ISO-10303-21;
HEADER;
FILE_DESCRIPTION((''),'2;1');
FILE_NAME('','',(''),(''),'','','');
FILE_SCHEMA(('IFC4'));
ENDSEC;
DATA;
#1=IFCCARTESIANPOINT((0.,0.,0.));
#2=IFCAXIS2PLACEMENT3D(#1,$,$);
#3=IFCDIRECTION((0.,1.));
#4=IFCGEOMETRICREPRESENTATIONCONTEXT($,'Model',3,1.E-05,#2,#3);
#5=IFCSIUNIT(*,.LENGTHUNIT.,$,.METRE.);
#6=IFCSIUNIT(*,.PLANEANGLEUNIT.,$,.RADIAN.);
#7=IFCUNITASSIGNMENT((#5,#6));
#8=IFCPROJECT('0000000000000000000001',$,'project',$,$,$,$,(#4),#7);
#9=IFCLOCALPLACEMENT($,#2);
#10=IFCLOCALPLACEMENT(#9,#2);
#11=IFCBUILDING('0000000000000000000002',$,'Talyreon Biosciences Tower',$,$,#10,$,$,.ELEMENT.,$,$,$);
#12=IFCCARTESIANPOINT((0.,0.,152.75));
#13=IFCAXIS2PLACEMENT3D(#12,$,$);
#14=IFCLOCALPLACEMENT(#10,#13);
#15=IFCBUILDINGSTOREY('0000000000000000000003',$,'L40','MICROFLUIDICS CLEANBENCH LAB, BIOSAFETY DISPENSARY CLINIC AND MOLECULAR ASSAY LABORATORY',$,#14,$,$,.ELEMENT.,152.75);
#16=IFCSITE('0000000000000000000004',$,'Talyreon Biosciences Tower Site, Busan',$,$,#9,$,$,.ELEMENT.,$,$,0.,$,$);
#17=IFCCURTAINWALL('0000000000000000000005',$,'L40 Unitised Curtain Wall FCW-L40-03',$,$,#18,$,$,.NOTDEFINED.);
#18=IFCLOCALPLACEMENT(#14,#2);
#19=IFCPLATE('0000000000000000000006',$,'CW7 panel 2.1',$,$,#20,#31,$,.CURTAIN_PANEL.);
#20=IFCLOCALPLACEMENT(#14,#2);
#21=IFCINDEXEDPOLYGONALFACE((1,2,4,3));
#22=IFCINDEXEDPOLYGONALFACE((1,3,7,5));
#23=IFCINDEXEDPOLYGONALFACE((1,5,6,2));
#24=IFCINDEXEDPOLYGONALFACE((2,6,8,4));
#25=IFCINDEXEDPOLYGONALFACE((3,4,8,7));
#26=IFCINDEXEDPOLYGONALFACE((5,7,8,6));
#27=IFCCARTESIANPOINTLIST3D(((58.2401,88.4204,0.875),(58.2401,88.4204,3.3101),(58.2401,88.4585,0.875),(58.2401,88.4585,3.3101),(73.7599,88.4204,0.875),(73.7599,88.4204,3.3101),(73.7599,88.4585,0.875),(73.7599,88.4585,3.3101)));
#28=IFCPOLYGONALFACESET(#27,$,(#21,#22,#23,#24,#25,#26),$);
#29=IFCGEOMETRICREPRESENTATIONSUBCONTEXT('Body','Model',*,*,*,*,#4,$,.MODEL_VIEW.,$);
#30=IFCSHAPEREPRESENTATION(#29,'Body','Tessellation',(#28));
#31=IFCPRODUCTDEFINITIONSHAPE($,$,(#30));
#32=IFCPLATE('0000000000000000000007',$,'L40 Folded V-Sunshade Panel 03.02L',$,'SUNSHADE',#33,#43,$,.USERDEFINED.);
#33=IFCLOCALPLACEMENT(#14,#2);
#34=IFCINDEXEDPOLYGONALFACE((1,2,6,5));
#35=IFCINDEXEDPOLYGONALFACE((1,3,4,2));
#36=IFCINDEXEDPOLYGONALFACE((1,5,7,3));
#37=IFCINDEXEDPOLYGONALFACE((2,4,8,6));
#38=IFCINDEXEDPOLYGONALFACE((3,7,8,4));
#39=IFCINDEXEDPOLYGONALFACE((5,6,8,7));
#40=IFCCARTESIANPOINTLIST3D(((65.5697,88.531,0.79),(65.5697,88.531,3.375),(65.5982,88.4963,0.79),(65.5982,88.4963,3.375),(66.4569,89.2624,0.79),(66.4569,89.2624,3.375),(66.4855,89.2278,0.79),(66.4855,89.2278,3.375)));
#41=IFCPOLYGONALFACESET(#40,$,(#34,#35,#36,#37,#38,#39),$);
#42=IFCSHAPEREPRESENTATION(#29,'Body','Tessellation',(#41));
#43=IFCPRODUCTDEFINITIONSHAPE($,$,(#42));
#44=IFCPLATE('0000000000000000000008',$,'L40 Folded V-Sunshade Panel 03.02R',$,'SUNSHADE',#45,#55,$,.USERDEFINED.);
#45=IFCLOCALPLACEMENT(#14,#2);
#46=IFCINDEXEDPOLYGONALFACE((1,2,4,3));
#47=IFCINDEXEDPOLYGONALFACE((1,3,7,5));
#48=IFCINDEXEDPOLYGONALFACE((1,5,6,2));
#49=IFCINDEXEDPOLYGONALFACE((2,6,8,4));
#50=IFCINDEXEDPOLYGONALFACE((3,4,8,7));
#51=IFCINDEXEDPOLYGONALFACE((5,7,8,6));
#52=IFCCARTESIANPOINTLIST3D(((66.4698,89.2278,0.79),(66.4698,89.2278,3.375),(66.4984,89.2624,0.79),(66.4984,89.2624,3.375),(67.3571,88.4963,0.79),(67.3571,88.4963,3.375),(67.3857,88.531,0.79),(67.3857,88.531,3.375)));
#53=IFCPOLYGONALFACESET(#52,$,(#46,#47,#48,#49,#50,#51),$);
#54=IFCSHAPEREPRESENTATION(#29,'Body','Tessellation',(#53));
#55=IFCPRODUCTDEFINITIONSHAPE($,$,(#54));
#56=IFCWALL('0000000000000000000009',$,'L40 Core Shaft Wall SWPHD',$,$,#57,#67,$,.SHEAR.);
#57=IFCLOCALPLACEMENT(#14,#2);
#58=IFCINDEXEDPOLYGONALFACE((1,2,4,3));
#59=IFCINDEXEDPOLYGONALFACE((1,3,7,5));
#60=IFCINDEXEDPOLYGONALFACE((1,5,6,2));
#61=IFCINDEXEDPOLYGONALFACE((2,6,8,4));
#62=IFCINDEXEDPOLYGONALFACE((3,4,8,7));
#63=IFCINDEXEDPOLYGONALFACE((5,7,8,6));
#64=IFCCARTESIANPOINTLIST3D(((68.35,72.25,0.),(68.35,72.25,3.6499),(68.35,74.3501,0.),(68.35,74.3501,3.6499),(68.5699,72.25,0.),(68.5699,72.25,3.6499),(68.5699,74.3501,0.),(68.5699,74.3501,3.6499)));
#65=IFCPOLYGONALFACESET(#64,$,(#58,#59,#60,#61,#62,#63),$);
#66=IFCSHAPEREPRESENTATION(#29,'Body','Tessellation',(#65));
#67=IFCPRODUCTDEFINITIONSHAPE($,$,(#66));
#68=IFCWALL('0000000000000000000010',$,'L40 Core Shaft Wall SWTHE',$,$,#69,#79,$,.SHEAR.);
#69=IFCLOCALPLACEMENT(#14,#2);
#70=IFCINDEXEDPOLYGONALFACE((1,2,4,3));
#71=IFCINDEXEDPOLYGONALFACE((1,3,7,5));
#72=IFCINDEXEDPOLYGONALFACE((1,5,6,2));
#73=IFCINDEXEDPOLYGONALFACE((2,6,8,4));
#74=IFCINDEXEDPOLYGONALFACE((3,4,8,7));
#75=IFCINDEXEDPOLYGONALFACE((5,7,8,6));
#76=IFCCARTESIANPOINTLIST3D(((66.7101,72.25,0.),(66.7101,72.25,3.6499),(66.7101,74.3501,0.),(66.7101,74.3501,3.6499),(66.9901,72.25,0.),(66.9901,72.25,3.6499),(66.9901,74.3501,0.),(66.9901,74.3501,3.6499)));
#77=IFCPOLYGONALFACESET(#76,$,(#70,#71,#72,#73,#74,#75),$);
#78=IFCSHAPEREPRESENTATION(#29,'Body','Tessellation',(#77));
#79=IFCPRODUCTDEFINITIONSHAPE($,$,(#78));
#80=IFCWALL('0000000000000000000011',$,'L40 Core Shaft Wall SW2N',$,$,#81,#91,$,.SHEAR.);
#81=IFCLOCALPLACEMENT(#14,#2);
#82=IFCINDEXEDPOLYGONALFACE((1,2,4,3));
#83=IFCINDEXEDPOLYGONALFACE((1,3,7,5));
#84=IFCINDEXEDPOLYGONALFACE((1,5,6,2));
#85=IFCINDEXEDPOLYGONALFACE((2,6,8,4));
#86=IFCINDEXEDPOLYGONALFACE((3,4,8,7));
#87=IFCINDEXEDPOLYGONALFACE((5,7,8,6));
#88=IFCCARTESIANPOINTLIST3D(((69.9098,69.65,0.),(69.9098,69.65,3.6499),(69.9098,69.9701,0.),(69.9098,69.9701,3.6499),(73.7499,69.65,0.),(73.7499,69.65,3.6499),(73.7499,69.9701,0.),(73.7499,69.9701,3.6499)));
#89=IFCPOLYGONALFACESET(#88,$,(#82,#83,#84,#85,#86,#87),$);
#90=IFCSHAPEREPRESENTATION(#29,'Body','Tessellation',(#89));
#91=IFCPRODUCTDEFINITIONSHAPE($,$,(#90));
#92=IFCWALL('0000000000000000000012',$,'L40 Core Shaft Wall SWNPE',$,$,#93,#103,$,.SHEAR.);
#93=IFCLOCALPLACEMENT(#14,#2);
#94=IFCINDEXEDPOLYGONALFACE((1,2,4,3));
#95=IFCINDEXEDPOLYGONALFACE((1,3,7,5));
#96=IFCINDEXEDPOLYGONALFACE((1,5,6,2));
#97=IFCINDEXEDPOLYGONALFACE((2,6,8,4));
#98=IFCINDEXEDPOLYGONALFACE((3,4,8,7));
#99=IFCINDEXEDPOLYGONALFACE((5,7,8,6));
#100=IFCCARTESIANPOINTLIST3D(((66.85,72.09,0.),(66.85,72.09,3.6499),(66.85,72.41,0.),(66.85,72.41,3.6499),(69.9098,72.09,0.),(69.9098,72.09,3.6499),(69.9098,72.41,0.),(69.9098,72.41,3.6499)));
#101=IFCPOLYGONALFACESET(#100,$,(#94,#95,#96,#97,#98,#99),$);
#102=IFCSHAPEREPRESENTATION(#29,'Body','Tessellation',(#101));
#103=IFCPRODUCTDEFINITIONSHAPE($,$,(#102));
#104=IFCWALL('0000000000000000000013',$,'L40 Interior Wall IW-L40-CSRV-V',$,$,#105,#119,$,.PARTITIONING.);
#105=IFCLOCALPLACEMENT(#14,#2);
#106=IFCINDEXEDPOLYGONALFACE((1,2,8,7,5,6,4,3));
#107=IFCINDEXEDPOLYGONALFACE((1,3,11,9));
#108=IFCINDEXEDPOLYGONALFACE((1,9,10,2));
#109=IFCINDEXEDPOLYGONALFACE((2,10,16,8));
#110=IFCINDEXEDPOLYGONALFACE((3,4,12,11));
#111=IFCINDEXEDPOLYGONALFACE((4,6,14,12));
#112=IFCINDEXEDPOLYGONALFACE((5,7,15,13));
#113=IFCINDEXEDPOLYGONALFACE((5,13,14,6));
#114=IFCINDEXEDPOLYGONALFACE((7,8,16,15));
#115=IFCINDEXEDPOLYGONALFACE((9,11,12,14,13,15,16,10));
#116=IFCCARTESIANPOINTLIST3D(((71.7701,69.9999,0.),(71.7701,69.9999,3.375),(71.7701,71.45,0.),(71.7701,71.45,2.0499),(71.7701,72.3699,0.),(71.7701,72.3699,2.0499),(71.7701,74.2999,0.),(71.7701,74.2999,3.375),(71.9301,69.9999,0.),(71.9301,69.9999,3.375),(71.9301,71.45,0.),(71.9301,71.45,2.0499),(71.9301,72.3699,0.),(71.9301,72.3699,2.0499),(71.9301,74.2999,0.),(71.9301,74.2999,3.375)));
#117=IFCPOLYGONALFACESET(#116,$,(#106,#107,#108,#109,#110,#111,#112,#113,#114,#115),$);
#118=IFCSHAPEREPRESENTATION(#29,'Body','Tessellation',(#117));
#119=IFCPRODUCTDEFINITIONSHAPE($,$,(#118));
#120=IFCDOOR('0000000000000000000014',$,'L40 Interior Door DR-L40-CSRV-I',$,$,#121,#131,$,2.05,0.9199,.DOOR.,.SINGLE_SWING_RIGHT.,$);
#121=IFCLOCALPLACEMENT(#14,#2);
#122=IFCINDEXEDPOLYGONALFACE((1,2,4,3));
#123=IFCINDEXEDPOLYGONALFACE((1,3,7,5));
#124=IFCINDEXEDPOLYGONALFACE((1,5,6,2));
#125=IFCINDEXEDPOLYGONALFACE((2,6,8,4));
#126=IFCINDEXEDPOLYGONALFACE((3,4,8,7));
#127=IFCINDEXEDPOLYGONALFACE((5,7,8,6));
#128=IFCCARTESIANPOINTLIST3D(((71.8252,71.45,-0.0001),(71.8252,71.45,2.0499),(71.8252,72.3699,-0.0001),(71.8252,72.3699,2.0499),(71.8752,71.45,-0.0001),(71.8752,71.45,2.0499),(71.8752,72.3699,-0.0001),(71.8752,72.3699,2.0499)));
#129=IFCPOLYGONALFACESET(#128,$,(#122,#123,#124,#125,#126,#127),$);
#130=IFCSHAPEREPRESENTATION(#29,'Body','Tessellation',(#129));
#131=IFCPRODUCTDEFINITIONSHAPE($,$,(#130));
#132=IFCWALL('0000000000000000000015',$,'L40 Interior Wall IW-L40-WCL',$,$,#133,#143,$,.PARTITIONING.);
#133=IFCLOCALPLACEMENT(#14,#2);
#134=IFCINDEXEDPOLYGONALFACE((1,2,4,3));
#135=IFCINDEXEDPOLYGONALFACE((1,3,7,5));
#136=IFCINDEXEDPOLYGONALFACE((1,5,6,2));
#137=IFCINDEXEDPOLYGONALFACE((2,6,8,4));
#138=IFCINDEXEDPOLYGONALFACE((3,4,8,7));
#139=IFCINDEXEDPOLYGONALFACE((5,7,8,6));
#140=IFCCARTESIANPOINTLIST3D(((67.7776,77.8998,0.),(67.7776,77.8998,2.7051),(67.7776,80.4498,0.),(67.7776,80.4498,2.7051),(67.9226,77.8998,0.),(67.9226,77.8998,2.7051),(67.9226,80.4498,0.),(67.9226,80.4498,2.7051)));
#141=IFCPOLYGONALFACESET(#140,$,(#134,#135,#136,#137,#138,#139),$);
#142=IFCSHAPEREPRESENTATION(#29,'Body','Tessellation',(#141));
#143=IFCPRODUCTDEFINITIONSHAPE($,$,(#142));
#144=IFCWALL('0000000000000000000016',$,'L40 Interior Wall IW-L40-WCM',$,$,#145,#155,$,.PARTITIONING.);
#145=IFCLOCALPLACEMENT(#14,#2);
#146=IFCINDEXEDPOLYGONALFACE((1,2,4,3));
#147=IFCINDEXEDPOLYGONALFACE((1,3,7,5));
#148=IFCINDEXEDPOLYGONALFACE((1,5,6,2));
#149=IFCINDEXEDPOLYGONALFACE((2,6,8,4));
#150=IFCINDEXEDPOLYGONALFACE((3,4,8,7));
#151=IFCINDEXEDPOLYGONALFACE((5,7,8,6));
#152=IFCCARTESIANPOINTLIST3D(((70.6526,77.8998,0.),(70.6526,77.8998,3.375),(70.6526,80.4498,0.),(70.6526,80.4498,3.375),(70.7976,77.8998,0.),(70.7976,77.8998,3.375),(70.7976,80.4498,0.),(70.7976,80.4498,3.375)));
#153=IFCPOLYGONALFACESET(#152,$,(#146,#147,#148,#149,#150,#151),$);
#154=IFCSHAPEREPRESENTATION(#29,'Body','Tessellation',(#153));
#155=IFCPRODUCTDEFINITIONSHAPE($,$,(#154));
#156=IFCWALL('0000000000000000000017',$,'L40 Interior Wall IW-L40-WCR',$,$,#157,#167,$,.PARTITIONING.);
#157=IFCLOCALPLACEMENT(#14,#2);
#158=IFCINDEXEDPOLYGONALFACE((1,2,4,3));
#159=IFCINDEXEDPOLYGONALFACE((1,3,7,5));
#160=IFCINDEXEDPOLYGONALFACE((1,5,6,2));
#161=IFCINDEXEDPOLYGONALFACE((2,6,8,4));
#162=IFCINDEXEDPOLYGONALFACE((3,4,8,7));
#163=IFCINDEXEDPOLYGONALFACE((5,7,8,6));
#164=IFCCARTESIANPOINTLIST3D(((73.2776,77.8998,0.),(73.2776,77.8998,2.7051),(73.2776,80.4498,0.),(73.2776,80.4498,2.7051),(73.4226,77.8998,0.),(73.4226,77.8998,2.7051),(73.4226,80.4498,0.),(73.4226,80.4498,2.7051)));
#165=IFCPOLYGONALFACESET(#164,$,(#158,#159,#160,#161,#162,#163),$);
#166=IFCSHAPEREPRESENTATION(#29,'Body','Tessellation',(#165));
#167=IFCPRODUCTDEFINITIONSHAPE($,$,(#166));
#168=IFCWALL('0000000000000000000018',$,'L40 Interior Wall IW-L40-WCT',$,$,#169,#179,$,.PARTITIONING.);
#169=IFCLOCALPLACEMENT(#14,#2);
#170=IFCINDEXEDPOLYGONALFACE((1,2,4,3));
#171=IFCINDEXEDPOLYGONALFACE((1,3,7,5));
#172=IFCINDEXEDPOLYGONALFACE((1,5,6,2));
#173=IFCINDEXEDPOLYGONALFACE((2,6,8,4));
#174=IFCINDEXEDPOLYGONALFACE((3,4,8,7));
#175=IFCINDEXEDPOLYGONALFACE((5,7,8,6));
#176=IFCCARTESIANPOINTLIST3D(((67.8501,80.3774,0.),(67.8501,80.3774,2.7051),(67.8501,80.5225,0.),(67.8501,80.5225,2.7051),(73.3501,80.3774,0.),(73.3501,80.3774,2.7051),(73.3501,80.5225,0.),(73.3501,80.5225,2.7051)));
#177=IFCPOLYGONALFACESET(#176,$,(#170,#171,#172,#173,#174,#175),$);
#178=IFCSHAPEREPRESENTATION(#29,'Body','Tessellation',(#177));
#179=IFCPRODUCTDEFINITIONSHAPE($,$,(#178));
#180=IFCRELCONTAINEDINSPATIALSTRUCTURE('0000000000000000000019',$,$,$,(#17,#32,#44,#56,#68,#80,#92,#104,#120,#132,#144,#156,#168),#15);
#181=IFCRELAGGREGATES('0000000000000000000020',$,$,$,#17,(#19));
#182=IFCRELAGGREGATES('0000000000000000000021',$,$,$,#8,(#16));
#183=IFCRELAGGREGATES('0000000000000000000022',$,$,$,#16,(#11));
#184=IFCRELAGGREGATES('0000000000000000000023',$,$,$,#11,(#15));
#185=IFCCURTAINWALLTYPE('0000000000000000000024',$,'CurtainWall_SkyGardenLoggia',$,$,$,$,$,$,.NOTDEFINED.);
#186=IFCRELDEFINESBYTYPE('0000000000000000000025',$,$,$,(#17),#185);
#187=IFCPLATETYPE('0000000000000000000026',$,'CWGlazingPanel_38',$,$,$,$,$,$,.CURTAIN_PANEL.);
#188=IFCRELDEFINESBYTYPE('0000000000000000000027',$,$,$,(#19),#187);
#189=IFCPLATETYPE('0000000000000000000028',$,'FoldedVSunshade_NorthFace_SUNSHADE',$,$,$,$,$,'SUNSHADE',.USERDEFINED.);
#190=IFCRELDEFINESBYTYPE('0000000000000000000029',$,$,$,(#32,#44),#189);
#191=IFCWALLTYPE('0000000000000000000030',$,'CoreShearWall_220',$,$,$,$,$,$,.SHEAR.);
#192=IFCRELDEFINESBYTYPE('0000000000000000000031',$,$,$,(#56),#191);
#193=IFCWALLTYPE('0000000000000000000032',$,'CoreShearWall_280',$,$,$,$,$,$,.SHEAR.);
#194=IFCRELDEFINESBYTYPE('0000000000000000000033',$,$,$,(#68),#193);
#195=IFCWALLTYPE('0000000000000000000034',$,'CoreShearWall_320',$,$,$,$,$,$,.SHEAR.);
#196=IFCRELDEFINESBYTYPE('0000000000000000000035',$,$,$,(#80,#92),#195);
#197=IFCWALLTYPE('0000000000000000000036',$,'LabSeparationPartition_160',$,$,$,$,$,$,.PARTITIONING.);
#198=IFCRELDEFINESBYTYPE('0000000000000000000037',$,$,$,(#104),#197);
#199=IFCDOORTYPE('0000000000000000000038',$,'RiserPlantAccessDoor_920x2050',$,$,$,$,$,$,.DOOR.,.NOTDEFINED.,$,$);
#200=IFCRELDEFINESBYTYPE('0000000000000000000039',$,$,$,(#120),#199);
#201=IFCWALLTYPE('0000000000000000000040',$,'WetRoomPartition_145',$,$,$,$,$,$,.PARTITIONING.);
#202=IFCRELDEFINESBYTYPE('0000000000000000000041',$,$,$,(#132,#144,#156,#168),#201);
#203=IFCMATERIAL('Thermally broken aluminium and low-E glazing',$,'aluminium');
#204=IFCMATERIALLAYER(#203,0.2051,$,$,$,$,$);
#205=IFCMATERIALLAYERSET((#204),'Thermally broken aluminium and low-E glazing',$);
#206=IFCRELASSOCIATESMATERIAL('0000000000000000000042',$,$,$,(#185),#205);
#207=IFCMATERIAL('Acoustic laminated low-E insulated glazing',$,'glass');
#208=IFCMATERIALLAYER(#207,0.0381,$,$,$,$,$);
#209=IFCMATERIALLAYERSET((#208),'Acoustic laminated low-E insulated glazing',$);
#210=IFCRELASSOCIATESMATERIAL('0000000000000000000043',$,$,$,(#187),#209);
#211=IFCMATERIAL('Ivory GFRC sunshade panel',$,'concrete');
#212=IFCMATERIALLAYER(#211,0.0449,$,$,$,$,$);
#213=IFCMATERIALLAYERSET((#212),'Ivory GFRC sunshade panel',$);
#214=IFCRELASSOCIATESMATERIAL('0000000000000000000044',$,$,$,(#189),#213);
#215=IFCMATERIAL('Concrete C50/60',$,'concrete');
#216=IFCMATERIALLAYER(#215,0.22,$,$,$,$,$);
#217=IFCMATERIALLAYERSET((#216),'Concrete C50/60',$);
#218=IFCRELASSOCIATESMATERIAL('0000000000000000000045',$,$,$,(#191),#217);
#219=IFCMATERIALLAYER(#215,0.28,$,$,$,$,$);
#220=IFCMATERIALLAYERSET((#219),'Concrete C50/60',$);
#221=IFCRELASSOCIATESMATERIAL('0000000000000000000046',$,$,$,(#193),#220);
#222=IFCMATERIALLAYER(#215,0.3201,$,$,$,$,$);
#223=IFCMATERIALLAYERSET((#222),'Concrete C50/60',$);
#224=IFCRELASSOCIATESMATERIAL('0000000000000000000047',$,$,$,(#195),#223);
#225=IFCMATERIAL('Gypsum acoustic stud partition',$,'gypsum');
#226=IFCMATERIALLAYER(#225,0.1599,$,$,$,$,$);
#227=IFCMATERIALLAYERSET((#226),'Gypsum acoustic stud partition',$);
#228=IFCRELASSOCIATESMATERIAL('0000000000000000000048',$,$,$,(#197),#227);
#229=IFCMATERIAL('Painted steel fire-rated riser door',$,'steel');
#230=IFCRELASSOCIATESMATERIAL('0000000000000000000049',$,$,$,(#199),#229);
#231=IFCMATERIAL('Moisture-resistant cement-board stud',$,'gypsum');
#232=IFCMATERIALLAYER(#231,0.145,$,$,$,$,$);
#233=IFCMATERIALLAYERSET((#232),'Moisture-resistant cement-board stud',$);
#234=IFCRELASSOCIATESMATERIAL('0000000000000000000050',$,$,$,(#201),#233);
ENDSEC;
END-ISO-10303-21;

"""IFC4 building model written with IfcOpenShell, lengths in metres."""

from ifc_helpers import new_model, si_unit, direction, frame, frame_2d, origin, origin_2d, place, context, subcontext, project, spatial, rectangle, extrude, material, layer, layer_set, type_object, element, fill, aggregate, save


model = new_model("IFC4")

# Units and contexts
model_context = context("Model", 3, precision=1e-05, world=origin(), true_north=direction((0.0, 1.0)))
body_context = subcontext(model_context, "Body", "Model", "MODEL_VIEW")
ifc_project = project(units=[si_unit("LENGTHUNIT", "METRE"), si_unit("PLANEANGLEUNIT", "RADIAN")], contexts=[model_context])

# Site, building, storey
site_placement = place(None, origin())
site = spatial("IfcSite", under=ifc_project, at=site_placement, Name="Talyreon Biosciences Tower Site, Busan", CompositionType="ELEMENT", RefElevation=0.0)
building_placement = place(site_placement, origin())
building = spatial("IfcBuilding", under=site, at=building_placement, Name="Talyreon Biosciences Tower", CompositionType="ELEMENT")
storey_placement = place(building_placement, frame((0.0, 0.0, 152.75)))
storey = spatial("IfcBuildingStorey", under=building, at=storey_placement, Name="L40", Description="MICROFLUIDICS CLEANBENCH LAB, BIOSAFETY DISPENSARY CLINIC AND MOLECULAR ASSAY LABORATORY", CompositionType="ELEMENT", Elevation=152.75)

# Shared definitions
ifc_material_1 = material(Name="Concrete C50/60", Category="concrete")

# Curtain wall
ifc_material_2 = material(Name="Thermally broken aluminium and low-E glazing", Category="aluminium")
ifc_layer_1 = layer(ifc_material_2, 0.2051)
ifc_layer_set_1 = layer_set([ifc_layer_1], Name="Thermally broken aluminium and low-E glazing")
curtain_wall_type = type_object("IfcCurtainWallType", Name="CurtainWall_SkyGardenLoggia", PredefinedType="NOTDEFINED", material=ifc_layer_set_1)
curtain_wall_placement = place(storey_placement, origin())
curtain_wall = element("IfcCurtainWall", 1, at=curtain_wall_placement, inside=storey, type_object=curtain_wall_type, Name="L40 Unitised Curtain Wall FCW-L40-03", PredefinedType="NOTDEFINED")

# Plate
ifc_material_3 = material(Name="Acoustic laminated low-E insulated glazing", Category="glass")
ifc_layer_2 = layer(ifc_material_3, 0.0381)
ifc_layer_set_2 = layer_set([ifc_layer_2], Name="Acoustic laminated low-E insulated glazing")
plate_type_1 = type_object("IfcPlateType", Name="CWGlazingPanel_38", PredefinedType="CURTAIN_PANEL", material=ifc_layer_set_2)
plate_placement = place(storey_placement, frame((66.0, 88.4395, 0.875), z_axis=(0.0, 0.0, 1.0), x_axis=(1.0, 0.0, 0.0)))
plate = element("IfcPlate", 2, at=plate_placement, type_object=plate_type_1, Name="CW7 panel 2.1", PredefinedType="CURTAIN_PANEL", context=body_context, shape_type="SweptSolid", body=[
    extrude(rectangle(XDim=15.5198, YDim=0.0381, at=origin_2d()), origin(), (0.0, 0.0, 1.0), 2.4351),
])
aggregate(curtain_wall, [plate])

# Plates
ifc_material_4 = material(Name="Ivory GFRC sunshade panel", Category="concrete")
ifc_layer_3 = layer(ifc_material_4, 0.0449)
ifc_layer_set_3 = layer_set([ifc_layer_3], Name="Ivory GFRC sunshade panel")
plate_type_2 = type_object("IfcPlateType", Name="FoldedVSunshade_NorthFace_SUNSHADE", ElementType="SUNSHADE", PredefinedType="USERDEFINED", material=ifc_layer_set_3)
for number, where, z_axis, x_axis, name in (
    (3, (66.0276, 88.8794, 0.79), (0.0, 0.0, 1.0), (0.771625, 0.636078, 0.0), "L40 Folded V-Sunshade Panel 03.02L"),
    (4, (66.9277, 88.8794, 0.79), (0.0, 0.0, 1.0), (0.771625, -0.636078, 0.0), "L40 Folded V-Sunshade Panel 03.02R"),
):
    element("IfcPlate", number, at=place(storey_placement, frame(where, z_axis=z_axis, x_axis=x_axis)), inside=storey, type_object=plate_type_2, Name=name, ObjectType="SUNSHADE", PredefinedType="USERDEFINED", context=body_context, shape_type="SweptSolid", body=[
        extrude(rectangle(XDim=1.1499, YDim=0.0449, at=origin_2d()), origin(), (0.0, 0.0, 1.0), 2.585),
    ])

# Walls
ifc_layer_4 = layer(ifc_material_1, 0.22)
ifc_layer_set_4 = layer_set([ifc_layer_4], Name="Concrete C50/60")
wall_type_1 = type_object("IfcWallType", Name="CoreShearWall_220", PredefinedType="SHEAR", material=ifc_layer_set_4)
wall_1_placement = place(storey_placement, frame((68.46, 72.25, 0.0), z_axis=(0.0, 0.0, 1.0), x_axis=(0.0, 1.0, 0.0)))
element("IfcWall", 5, at=wall_1_placement, inside=storey, type_object=wall_type_1, Name="L40 Core Shaft Wall SWPHD", PredefinedType="SHEAR", context=body_context, shape_type="SweptSolid", body=[
    extrude(rectangle(XDim=2.1001, YDim=0.22, at=frame_2d((1.05, 0.0))), origin(), (0.0, 0.0, 1.0), 3.6499),
])
ifc_layer_5 = layer(ifc_material_1, 0.28)
ifc_layer_set_5 = layer_set([ifc_layer_5], Name="Concrete C50/60")
wall_type_2 = type_object("IfcWallType", Name="CoreShearWall_280", PredefinedType="SHEAR", material=ifc_layer_set_5)
wall_2_placement = place(storey_placement, frame((66.8501, 72.25, 0.0), z_axis=(0.0, 0.0, 1.0), x_axis=(0.0, 1.0, 0.0)))
element("IfcWall", 6, at=wall_2_placement, inside=storey, type_object=wall_type_2, Name="L40 Core Shaft Wall SWTHE", PredefinedType="SHEAR", context=body_context, shape_type="SweptSolid", body=[
    extrude(rectangle(XDim=2.1001, YDim=0.28, at=frame_2d((1.05, 0.0))), origin(), (0.0, 0.0, 1.0), 3.6499),
])
ifc_layer_6 = layer(ifc_material_1, 0.3201)
ifc_layer_set_6 = layer_set([ifc_layer_6], Name="Concrete C50/60")
wall_type_3 = type_object("IfcWallType", Name="CoreShearWall_320", PredefinedType="SHEAR", material=ifc_layer_set_6)
wall_3_placement = place(storey_placement, frame((69.9099, 69.8101, 0.0), z_axis=(0.0, 0.0, 1.0), x_axis=(1.0, 0.0, 0.0)))
element("IfcWall", 7, at=wall_3_placement, inside=storey, type_object=wall_type_3, Name="L40 Core Shaft Wall SW2N", PredefinedType="SHEAR", context=body_context, shape_type="SweptSolid", body=[
    extrude(rectangle(XDim=3.8401, YDim=0.3201, at=frame_2d((1.9199, 0.0))), origin(), (0.0, 0.0, 1.0), 3.6499),
])
wall_4_placement = place(storey_placement, frame((66.8501, 72.25, 0.0), z_axis=(0.0, 0.0, 1.0), x_axis=(1.0, 0.0, 0.0)))
element("IfcWall", 8, at=wall_4_placement, inside=storey, type_object=wall_type_3, Name="L40 Core Shaft Wall SWNPE", PredefinedType="SHEAR", context=body_context, shape_type="SweptSolid", body=[
    extrude(rectangle(XDim=3.0598, YDim=0.3201, at=frame_2d((1.5298, 0.0))), origin(), (0.0, 0.0, 1.0), 3.6499),
])

# Wall, opening, door
ifc_material_5 = material(Name="Gypsum acoustic stud partition", Category="gypsum")
ifc_layer_7 = layer(ifc_material_5, 0.1599)
ifc_layer_set_7 = layer_set([ifc_layer_7], Name="Gypsum acoustic stud partition")
wall_type_4 = type_object("IfcWallType", Name="LabSeparationPartition_160", PredefinedType="PARTITIONING", material=ifc_layer_set_7)
wall_5_placement = place(storey_placement, frame((71.8501, 70.0, 0.0), z_axis=(0.0, 0.0, 1.0), x_axis=(0.0, 1.0, 0.0)))
wall_5 = element("IfcWall", 9, at=wall_5_placement, inside=storey, type_object=wall_type_4, Name="L40 Interior Wall IW-L40-CSRV-V", PredefinedType="PARTITIONING", context=body_context, shape_type="SweptSolid", body=[
    extrude(rectangle(XDim=4.3, YDim=0.1599, at=frame_2d((2.1499, 0.0))), origin(), (0.0, 0.0, 1.0), 3.375),
])
opening_placement = place(wall_5_placement, frame((1.45, 0.0, 0.0)))
opening = element("IfcOpeningElement", 10, at=opening_placement, cuts=wall_5, PredefinedType="OPENING", context=body_context, shape_type="SweptSolid", body=[
    extrude(rectangle(XDim=0.9199, YDim=2.05, at=frame_2d((0.46, 1.0249))), frame((0.0, 0.0898, 0.0), z_axis=(0.0, -1.0, 0.0), x_axis=(1.0, 0.0, 0.0)), (0.0, 0.0, 1.0), 0.1799),
])
ifc_material_6 = material(Name="Painted steel fire-rated riser door", Category="steel")
door_type = type_object("IfcDoorType", Name="RiserPlantAccessDoor_920x2050", OperationType="NOTDEFINED", PredefinedType="DOOR", material=ifc_material_6)
door_placement = place(opening_placement, origin())
door = element("IfcDoor", 11, at=door_placement, inside=storey, type_object=door_type, Name="L40 Interior Door DR-L40-CSRV-I", OperationType="SINGLE_SWING_RIGHT", OverallHeight=2.05, OverallWidth=0.9199, PredefinedType="DOOR", context=body_context, shape_type="SweptSolid", body=[
    extrude(rectangle(XDim=0.9199, YDim=2.05, at=frame_2d((0.46, 1.0249))), frame((0.0, 0.0249, 0.0), z_axis=(0.0, -1.0, 0.0), x_axis=(1.0, 0.0, 0.0)), (0.0, 0.0, 1.0), 0.05),
])
fill(opening, door)

# Walls
ifc_material_7 = material(Name="Moisture-resistant cement-board stud", Category="gypsum")
ifc_layer_8 = layer(ifc_material_7, 0.145)
ifc_layer_set_8 = layer_set([ifc_layer_8], Name="Moisture-resistant cement-board stud")
wall_type_5 = type_object("IfcWallType", Name="WetRoomPartition_145", PredefinedType="PARTITIONING", material=ifc_layer_set_8)
wall_6_placement = place(storey_placement, frame((67.8501, 77.8999, 0.0), z_axis=(0.0, 0.0, 1.0), x_axis=(0.0, 1.0, 0.0)))
element("IfcWall", 12, at=wall_6_placement, inside=storey, type_object=wall_type_5, Name="L40 Interior Wall IW-L40-WCL", PredefinedType="PARTITIONING", context=body_context, shape_type="SweptSolid", body=[
    extrude(rectangle(XDim=2.55, YDim=0.145, at=frame_2d((1.2749, 0.0))), origin(), (0.0, 0.0, 1.0), 2.7051),
])
wall_7_placement = place(storey_placement, frame((70.7251, 77.8999, 0.0), z_axis=(0.0, 0.0, 1.0), x_axis=(0.0, 1.0, 0.0)))
element("IfcWall", 13, at=wall_7_placement, inside=storey, type_object=wall_type_5, Name="L40 Interior Wall IW-L40-WCM", PredefinedType="PARTITIONING", context=body_context, shape_type="SweptSolid", body=[
    extrude(rectangle(XDim=2.55, YDim=0.145, at=frame_2d((1.2749, 0.0))), origin(), (0.0, 0.0, 1.0), 3.375),
])
wall_8_placement = place(storey_placement, frame((73.3501, 77.8999, 0.0), z_axis=(0.0, 0.0, 1.0), x_axis=(0.0, 1.0, 0.0)))
element("IfcWall", 14, at=wall_8_placement, inside=storey, type_object=wall_type_5, Name="L40 Interior Wall IW-L40-WCR", PredefinedType="PARTITIONING", context=body_context, shape_type="SweptSolid", body=[
    extrude(rectangle(XDim=2.55, YDim=0.145, at=frame_2d((1.2749, 0.0))), origin(), (0.0, 0.0, 1.0), 2.7051),
])
wall_9_placement = place(storey_placement, frame((67.8501, 80.45, 0.0), z_axis=(0.0, 0.0, 1.0), x_axis=(1.0, 0.0, 0.0)))
element("IfcWall", 15, at=wall_9_placement, inside=storey, type_object=wall_type_5, Name="L40 Interior Wall IW-L40-WCT", PredefinedType="PARTITIONING", context=body_context, shape_type="SweptSolid", body=[
    extrude(rectangle(XDim=5.5, YDim=0.145, at=frame_2d((2.75, 0.0))), origin(), (0.0, 0.0, 1.0), 2.7051),
])

save(model, "model.ifc")
